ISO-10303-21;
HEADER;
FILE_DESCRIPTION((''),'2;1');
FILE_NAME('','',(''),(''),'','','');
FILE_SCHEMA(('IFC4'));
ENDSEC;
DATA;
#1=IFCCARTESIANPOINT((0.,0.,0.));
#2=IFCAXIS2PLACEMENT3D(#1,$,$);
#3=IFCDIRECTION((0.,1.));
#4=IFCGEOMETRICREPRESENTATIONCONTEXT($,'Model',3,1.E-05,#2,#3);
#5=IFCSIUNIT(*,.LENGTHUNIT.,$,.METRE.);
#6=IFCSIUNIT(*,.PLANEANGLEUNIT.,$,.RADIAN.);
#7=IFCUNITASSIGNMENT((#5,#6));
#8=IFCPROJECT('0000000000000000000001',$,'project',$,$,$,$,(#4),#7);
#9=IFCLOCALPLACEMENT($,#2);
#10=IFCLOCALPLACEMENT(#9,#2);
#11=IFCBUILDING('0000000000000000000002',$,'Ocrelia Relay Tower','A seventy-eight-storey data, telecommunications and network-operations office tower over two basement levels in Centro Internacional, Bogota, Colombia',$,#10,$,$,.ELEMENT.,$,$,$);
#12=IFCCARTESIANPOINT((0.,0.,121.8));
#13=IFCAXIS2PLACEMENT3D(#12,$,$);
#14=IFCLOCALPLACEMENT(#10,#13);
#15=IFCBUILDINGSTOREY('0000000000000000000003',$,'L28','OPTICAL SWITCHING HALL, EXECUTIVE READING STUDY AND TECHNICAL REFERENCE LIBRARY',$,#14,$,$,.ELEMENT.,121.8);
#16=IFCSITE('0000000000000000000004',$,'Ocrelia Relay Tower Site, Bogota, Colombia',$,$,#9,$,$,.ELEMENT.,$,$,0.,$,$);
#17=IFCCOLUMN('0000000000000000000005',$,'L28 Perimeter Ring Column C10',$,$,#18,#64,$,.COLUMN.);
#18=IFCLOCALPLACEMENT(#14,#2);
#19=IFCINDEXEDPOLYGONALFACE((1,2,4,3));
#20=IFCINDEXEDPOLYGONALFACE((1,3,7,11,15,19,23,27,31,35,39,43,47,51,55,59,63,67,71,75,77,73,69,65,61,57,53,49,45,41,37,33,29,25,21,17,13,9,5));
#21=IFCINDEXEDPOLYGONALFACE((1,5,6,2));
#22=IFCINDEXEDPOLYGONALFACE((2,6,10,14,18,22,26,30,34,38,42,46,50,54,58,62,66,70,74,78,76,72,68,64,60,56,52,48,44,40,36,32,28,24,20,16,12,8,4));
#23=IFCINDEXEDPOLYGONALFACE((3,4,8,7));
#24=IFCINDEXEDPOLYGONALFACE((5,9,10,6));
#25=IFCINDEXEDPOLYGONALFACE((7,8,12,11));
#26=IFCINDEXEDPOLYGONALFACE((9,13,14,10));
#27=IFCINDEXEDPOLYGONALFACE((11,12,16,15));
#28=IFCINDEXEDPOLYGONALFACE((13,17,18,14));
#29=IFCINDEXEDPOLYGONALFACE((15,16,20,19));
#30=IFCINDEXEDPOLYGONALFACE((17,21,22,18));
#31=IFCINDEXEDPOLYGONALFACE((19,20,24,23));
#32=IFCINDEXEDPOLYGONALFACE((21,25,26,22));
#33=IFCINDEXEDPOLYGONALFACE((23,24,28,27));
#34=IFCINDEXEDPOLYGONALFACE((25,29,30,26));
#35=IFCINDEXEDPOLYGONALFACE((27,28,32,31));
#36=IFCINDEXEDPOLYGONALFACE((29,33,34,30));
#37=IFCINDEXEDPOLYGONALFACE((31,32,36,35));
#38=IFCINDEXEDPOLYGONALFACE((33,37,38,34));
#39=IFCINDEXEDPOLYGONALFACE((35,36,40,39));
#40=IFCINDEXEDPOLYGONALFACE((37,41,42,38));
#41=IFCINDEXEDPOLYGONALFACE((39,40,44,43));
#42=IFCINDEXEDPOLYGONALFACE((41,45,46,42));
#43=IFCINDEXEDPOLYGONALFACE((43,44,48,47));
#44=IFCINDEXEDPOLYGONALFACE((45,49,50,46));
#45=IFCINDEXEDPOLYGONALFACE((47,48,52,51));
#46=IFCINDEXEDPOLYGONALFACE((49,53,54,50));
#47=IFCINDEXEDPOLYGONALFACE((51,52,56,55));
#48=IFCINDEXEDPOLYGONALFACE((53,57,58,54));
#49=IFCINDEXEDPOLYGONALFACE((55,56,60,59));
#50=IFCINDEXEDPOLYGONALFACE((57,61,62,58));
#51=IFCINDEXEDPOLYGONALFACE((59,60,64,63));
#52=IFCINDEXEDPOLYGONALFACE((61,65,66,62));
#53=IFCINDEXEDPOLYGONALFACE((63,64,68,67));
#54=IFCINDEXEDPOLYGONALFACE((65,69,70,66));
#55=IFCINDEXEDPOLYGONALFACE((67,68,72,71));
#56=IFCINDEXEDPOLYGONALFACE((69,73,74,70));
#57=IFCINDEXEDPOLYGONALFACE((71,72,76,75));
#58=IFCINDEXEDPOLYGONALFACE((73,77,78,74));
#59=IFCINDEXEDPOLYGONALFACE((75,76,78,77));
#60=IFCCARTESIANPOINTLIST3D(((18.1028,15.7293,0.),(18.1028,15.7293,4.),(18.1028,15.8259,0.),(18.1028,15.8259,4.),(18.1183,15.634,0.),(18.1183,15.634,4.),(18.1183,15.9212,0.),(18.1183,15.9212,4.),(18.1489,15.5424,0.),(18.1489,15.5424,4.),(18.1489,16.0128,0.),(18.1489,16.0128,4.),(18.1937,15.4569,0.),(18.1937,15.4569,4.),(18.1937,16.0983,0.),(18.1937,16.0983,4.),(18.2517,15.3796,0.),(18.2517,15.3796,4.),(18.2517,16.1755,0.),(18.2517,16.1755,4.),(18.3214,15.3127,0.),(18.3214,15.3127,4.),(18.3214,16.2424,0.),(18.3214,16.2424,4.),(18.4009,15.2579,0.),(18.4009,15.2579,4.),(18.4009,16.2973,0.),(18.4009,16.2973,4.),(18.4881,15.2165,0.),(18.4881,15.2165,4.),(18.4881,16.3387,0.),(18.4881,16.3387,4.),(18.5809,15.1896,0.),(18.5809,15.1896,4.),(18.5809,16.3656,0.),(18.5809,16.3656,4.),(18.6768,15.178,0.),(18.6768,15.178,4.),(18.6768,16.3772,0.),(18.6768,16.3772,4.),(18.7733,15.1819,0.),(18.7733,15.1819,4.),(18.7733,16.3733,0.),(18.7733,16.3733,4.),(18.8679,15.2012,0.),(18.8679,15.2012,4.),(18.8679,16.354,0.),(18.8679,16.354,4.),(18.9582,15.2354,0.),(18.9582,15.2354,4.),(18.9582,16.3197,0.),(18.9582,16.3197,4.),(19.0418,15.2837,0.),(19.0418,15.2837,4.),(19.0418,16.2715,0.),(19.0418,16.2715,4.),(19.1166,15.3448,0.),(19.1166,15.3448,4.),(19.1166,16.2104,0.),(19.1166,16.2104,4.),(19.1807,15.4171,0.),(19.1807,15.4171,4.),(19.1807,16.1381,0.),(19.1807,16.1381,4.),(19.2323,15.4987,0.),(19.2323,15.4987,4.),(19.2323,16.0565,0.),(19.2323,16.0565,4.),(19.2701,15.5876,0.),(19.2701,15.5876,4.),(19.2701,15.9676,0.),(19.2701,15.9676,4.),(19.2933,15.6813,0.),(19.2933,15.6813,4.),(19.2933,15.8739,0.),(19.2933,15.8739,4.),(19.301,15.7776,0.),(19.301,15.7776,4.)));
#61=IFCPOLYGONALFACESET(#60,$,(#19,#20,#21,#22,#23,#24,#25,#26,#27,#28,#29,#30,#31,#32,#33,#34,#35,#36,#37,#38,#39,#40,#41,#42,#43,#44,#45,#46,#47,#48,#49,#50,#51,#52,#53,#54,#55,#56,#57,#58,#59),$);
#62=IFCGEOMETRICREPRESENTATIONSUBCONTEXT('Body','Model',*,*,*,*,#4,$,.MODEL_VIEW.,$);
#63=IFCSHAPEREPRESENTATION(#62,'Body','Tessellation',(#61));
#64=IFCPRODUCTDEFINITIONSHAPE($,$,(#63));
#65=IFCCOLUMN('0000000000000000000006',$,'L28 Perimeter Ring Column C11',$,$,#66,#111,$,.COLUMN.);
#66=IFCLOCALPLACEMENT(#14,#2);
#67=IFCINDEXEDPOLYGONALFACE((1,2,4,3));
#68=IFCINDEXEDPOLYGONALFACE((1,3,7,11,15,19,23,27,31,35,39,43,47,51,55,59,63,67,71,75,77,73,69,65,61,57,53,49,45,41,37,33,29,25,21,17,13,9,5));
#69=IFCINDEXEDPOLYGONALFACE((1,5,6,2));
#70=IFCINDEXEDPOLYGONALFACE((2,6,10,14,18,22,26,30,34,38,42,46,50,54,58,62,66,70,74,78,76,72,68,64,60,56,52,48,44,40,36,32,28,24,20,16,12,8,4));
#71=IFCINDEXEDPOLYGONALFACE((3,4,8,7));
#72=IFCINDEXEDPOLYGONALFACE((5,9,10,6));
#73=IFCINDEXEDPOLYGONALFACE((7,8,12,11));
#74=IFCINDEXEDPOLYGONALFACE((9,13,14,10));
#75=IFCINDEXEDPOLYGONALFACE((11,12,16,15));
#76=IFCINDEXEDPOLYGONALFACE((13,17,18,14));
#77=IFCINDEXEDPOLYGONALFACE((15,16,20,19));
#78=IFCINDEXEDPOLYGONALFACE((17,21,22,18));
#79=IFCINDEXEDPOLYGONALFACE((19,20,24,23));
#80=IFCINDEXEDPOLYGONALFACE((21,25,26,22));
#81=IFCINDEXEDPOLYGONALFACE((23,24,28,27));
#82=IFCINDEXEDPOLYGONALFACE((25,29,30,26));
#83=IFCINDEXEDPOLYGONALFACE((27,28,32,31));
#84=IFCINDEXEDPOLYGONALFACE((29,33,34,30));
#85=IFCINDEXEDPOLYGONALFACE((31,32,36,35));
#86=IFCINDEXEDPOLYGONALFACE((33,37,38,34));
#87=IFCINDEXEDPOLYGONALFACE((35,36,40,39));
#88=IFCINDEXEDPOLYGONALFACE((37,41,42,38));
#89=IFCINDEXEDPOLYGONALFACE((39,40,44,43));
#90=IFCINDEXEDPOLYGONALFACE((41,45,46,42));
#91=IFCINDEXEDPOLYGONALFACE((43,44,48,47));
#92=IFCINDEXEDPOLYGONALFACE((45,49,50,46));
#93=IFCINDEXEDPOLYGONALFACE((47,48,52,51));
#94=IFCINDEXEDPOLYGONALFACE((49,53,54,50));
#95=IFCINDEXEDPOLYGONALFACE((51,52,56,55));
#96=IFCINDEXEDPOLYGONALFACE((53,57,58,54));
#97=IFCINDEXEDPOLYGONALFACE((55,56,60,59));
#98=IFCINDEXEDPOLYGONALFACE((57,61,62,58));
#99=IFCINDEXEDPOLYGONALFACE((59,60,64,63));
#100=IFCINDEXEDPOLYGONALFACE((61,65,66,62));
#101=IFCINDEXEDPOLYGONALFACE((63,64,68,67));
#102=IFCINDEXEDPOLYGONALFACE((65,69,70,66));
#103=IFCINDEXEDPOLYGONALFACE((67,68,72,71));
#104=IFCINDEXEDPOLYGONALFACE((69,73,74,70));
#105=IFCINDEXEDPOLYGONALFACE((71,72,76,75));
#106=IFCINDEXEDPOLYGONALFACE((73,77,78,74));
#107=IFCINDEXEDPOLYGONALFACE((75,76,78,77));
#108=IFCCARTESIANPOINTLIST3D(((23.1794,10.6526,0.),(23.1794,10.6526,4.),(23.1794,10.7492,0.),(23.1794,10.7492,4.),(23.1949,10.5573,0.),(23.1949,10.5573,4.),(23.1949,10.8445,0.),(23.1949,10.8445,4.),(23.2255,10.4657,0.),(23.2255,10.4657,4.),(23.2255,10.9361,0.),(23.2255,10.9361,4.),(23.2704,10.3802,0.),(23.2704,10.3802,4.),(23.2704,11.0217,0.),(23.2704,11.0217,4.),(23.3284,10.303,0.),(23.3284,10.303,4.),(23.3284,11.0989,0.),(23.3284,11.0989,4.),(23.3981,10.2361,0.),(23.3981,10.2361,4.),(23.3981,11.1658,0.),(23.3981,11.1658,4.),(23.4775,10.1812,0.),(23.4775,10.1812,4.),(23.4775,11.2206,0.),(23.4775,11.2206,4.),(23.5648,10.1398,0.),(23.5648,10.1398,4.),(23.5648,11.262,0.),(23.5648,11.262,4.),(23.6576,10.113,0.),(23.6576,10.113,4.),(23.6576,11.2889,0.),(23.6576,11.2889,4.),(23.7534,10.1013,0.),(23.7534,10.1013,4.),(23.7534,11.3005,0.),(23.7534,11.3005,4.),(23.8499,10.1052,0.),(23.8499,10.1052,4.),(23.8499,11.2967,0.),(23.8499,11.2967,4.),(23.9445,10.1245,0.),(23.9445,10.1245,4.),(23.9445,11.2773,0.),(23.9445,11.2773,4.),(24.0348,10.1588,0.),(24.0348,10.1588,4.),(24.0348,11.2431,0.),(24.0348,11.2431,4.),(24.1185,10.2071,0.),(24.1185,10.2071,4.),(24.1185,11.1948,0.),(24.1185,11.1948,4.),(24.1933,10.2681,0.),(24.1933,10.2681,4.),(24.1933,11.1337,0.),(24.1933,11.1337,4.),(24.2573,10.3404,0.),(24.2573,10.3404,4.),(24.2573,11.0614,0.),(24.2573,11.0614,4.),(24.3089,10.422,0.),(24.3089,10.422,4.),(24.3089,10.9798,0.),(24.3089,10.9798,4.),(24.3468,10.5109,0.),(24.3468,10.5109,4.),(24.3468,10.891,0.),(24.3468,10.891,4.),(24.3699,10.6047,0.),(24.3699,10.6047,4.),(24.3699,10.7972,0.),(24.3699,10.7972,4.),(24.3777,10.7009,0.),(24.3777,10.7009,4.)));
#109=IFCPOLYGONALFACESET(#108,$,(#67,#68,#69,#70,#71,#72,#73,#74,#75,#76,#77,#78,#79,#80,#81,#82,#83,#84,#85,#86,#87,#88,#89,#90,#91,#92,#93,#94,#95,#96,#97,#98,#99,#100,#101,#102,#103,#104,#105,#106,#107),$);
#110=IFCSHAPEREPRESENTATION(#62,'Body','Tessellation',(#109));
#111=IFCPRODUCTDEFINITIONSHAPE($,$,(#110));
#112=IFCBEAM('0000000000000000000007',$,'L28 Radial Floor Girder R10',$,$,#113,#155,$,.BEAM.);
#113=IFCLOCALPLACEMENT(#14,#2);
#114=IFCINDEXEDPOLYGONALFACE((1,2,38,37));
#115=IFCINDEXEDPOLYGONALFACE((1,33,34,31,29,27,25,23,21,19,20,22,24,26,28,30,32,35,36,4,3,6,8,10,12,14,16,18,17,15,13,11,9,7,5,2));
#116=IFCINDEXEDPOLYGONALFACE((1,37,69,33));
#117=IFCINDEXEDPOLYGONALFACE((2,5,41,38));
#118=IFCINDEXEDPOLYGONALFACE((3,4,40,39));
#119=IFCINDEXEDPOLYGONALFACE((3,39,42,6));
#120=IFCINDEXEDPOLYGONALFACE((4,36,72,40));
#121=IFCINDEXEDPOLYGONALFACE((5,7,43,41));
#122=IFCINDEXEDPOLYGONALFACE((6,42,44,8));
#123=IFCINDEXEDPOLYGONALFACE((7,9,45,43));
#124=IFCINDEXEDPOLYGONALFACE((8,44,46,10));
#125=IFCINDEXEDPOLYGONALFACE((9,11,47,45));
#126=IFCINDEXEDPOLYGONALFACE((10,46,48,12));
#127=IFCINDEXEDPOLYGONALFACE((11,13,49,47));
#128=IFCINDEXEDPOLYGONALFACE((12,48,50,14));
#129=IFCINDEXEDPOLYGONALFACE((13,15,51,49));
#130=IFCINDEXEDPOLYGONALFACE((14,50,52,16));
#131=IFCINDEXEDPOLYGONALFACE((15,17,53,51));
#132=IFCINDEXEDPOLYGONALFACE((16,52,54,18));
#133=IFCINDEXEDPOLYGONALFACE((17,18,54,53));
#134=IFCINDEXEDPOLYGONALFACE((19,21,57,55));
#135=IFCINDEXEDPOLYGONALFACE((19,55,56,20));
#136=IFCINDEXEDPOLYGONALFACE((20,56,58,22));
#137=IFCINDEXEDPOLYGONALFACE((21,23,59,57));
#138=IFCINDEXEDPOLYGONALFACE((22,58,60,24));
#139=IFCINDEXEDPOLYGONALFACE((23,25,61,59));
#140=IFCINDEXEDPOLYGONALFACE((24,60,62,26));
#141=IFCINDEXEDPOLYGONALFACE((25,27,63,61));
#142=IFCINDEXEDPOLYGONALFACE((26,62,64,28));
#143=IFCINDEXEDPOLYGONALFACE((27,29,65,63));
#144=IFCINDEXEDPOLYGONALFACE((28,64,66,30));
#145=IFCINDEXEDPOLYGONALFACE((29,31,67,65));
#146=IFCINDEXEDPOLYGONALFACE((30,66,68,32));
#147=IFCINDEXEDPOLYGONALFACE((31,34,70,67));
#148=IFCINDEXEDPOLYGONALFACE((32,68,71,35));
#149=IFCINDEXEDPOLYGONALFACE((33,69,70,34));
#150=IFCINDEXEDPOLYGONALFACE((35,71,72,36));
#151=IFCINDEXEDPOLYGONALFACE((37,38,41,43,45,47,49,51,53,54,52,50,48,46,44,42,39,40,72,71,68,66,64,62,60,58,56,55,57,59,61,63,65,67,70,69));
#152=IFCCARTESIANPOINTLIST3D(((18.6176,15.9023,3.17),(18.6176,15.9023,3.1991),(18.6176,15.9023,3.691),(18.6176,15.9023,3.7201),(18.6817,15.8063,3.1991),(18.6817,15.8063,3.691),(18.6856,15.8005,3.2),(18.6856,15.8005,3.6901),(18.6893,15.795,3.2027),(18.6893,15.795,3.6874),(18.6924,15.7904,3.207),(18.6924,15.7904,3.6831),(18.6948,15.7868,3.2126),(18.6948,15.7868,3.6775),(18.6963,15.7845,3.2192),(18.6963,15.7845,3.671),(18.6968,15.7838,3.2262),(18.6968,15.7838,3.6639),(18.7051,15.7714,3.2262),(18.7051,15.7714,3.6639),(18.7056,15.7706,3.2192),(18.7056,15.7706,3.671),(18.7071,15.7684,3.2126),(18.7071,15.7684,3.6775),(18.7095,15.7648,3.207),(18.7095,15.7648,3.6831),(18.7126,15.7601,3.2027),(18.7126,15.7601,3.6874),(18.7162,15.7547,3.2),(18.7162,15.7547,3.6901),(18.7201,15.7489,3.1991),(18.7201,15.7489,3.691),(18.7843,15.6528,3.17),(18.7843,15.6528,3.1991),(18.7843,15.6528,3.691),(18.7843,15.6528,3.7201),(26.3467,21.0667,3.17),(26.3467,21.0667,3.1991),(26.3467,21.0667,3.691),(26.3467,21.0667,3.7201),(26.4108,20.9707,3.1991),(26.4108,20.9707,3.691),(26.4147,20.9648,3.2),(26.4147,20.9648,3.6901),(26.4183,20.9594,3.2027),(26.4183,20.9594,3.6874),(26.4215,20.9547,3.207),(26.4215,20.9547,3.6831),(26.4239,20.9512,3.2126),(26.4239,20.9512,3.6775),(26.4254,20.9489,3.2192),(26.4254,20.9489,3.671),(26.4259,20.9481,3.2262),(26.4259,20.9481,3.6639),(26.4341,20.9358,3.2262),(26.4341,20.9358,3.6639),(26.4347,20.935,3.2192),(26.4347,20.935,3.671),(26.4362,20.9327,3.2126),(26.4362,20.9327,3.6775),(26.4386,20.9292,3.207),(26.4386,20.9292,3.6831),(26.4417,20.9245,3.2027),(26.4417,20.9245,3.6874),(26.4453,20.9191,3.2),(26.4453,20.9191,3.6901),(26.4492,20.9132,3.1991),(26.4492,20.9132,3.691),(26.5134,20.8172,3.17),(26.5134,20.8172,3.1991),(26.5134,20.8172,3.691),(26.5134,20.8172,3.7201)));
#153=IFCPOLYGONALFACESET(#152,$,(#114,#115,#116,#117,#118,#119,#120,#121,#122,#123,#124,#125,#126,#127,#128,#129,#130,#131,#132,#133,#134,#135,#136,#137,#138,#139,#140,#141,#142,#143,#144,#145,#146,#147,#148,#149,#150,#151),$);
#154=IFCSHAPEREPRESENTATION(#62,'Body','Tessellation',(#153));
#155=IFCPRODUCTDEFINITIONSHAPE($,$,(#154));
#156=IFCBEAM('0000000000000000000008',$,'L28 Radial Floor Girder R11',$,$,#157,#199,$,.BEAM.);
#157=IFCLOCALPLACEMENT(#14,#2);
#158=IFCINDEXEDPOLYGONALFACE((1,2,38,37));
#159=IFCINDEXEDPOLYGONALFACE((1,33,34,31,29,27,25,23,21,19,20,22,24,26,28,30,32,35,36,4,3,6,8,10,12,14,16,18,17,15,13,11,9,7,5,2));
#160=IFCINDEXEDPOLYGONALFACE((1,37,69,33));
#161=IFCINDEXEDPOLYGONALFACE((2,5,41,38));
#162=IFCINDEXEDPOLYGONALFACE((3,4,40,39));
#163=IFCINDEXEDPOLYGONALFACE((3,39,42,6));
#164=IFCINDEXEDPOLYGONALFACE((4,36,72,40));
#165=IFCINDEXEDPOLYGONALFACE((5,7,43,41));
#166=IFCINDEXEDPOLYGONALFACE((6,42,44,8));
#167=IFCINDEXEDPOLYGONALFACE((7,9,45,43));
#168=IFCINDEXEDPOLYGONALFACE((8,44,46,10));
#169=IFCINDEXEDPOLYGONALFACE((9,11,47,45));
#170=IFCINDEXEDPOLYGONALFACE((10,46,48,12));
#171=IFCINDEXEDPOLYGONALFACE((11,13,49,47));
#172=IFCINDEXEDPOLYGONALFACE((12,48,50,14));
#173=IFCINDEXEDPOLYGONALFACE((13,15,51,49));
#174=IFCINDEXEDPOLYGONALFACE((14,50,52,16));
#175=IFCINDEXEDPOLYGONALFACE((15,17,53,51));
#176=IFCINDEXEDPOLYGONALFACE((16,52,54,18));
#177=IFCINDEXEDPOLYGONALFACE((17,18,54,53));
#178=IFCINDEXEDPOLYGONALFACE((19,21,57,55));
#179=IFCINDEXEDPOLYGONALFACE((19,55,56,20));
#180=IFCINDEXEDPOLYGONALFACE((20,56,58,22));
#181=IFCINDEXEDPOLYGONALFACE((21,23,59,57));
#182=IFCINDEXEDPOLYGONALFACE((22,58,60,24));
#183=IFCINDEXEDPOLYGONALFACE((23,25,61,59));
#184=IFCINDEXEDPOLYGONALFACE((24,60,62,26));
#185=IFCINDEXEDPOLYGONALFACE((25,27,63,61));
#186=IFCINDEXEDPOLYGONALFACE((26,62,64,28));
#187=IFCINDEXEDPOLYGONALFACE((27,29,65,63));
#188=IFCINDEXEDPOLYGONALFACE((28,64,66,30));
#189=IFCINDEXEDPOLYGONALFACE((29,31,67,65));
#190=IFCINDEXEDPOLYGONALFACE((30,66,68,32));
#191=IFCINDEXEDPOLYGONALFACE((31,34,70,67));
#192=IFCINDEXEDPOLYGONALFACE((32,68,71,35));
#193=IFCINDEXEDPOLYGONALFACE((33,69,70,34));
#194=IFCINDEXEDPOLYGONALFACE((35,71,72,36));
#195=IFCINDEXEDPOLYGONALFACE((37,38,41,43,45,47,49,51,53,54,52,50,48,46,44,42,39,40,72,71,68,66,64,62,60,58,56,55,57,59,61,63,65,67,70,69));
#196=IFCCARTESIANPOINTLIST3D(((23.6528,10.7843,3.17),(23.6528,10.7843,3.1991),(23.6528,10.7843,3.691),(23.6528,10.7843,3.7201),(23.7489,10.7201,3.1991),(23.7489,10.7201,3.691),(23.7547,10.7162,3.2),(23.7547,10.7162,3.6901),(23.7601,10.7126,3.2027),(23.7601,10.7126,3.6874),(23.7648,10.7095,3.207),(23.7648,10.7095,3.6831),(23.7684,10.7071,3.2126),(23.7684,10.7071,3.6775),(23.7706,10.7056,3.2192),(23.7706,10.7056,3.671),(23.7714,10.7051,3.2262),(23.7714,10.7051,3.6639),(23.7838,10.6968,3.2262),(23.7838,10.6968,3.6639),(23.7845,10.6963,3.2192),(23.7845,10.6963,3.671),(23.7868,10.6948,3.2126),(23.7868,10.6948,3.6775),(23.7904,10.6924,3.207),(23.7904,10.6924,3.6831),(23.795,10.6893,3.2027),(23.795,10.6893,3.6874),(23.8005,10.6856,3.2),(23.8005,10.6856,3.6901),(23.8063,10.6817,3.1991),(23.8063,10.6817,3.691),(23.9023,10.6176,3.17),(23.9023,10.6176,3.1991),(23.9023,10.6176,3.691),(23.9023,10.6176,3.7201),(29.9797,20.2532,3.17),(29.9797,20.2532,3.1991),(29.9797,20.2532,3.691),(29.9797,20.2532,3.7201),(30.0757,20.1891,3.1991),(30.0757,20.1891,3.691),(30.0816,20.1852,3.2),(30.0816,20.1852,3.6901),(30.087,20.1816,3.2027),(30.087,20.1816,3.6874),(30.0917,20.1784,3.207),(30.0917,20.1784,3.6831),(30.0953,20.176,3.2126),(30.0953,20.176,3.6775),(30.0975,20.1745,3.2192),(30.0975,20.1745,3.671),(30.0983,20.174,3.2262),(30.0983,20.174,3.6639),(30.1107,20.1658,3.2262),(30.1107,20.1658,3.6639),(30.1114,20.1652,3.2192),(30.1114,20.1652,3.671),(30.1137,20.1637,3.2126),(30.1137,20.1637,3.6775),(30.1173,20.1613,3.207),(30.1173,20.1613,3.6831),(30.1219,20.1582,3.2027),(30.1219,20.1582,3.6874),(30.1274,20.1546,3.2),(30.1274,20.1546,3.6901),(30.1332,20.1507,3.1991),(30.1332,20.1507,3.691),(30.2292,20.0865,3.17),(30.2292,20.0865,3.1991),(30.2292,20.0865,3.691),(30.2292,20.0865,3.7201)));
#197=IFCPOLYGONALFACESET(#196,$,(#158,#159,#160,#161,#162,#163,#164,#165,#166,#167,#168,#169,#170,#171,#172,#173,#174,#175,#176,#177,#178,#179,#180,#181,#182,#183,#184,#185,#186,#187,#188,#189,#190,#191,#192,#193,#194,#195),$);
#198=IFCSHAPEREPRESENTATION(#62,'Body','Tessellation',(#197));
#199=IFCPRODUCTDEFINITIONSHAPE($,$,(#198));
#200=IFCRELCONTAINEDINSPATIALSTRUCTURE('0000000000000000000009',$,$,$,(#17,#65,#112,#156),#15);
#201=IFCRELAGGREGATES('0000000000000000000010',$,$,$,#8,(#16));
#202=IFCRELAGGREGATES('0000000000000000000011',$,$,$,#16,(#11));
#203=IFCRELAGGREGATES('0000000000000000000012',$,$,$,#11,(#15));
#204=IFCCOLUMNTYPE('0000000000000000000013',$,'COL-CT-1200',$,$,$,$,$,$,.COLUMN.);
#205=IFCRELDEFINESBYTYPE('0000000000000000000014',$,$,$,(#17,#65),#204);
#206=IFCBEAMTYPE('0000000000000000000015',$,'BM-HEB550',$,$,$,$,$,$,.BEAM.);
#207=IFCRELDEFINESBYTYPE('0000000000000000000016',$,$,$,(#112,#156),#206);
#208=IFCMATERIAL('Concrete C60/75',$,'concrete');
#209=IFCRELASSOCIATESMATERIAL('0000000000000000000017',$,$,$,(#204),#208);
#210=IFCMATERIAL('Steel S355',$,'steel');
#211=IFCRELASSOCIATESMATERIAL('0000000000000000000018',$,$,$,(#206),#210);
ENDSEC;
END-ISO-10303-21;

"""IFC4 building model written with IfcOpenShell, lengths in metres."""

from ifc_helpers import new_model, si_unit, direction, frame, origin, origin_2d, place, context, subcontext, project, spatial, circle, i_section, extrude, material, material_profile, profile_set, type_object, element, save


model = new_model("IFC4")

# Units and contexts
model_context = context("Model", 3, precision=1e-05, world=origin(), true_north=direction((0.0, 1.0)))
body_context = subcontext(model_context, "Body", "Model", "MODEL_VIEW")
ifc_project = project(units=[si_unit("LENGTHUNIT", "METRE"), si_unit("PLANEANGLEUNIT", "RADIAN")], contexts=[model_context])

# Site, building, storey
site_placement = place(None, origin())
site = spatial("IfcSite", under=ifc_project, at=site_placement, Name="Ocrelia Relay Tower Site, Bogota, Colombia", CompositionType="ELEMENT", RefElevation=0.0)
building_placement = place(site_placement, origin())
building = spatial("IfcBuilding", under=site, at=building_placement, Name="Ocrelia Relay Tower", Description="A seventy-eight-storey data, telecommunications and network-operations office tower over two basement levels in Centro Internacional, Bogota, Colombia", CompositionType="ELEMENT")
storey_placement = place(building_placement, frame((0.0, 0.0, 121.8)))
storey = spatial("IfcBuildingStorey", under=building, at=storey_placement, Name="L28", Description="OPTICAL SWITCHING HALL, EXECUTIVE READING STUDY AND TECHNICAL REFERENCE LIBRARY", CompositionType="ELEMENT", Elevation=121.8)

# Columns
ifc_material_1 = material(Name="Concrete C60/75", Category="concrete")
ifc_material_profile_1 = material_profile(ifc_material_1, circle(Radius=0.6001, at=origin_2d()), Name="RC-CIR-1200")
ifc_profile_set_1 = profile_set([ifc_material_profile_1], Name="Concrete C60/75")
column_type = type_object("IfcColumnType", Name="COL-CT-1200", PredefinedType="COLUMN", material=ifc_profile_set_1)
for number, where, z_axis, x_axis, name in (
    (1, (18.7009, 15.7776, 0.0), (0.0, 0.0, 1.0), (1.0, 0.0, 0.0), "L28 Perimeter Ring Column C10"),
    (2, (23.7776, 10.7009, 0.0), (0.0, 0.0, 1.0), (1.0, 0.0, 0.0), "L28 Perimeter Ring Column C11"),
):
    element("IfcColumn", number, at=place(storey_placement, frame(where, z_axis=z_axis, x_axis=x_axis)), inside=storey, type_object=column_type, Name=name, PredefinedType="COLUMN", context=body_context, shape_type="SweptSolid", body=[
        extrude(circle(Radius=0.6001, at=origin_2d()), origin(), (0.0, 0.0, 1.0), 4.0),
    ])

# Beams
ifc_material_2 = material(Name="Steel S355", Category="steel")
ifc_material_profile_2 = material_profile(ifc_material_2, i_section(OverallWidth=0.3, OverallDepth=0.55, WebThickness=0.0149, FlangeThickness=0.0291, FilletRadius=0.0271, at=origin_2d()), Name="HEB 550")
ifc_profile_set_2 = profile_set([ifc_material_profile_2], Name="Steel S355")
beam_type_1 = type_object("IfcBeamType", Name="BM-HEB550", PredefinedType="BEAM", material=ifc_profile_set_2)
beam_1_placement = place(storey_placement, frame((18.7009, 15.7776, 3.4451), z_axis=(0.831472, 0.555567, 0.0), x_axis=(-0.555567, 0.831472, 0.0)))
element("IfcBeam", 3, at=beam_1_placement, inside=storey, type_object=beam_type_1, Name="L28 Radial Floor Girder R10", PredefinedType="BEAM", context=body_context, shape_type="SweptSolid", body=[
    extrude(i_section(OverallWidth=0.3, OverallDepth=0.55, WebThickness=0.0149, FlangeThickness=0.0291, FilletRadius=0.0271, at=origin_2d()), origin(), (0.0, 0.0, 1.0), 9.2957),
])
beam_2_placement = place(storey_placement, frame((23.7776, 10.7009, 3.4451), z_axis=(0.555566, 0.831473, 0.0), x_axis=(-0.831473, 0.555566, 0.0)))
element("IfcBeam", 4, at=beam_2_placement, inside=storey, type_object=beam_type_1, Name="L28 Radial Floor Girder R11", PredefinedType="BEAM", context=body_context, shape_type="SweptSolid", body=[
    extrude(i_section(OverallWidth=0.3, OverallDepth=0.55, WebThickness=0.0149, FlangeThickness=0.0291, FilletRadius=0.0271, at=origin_2d()), origin(), (0.0, 0.0, 1.0), 11.3882),
])

save(model, "model.ifc")
